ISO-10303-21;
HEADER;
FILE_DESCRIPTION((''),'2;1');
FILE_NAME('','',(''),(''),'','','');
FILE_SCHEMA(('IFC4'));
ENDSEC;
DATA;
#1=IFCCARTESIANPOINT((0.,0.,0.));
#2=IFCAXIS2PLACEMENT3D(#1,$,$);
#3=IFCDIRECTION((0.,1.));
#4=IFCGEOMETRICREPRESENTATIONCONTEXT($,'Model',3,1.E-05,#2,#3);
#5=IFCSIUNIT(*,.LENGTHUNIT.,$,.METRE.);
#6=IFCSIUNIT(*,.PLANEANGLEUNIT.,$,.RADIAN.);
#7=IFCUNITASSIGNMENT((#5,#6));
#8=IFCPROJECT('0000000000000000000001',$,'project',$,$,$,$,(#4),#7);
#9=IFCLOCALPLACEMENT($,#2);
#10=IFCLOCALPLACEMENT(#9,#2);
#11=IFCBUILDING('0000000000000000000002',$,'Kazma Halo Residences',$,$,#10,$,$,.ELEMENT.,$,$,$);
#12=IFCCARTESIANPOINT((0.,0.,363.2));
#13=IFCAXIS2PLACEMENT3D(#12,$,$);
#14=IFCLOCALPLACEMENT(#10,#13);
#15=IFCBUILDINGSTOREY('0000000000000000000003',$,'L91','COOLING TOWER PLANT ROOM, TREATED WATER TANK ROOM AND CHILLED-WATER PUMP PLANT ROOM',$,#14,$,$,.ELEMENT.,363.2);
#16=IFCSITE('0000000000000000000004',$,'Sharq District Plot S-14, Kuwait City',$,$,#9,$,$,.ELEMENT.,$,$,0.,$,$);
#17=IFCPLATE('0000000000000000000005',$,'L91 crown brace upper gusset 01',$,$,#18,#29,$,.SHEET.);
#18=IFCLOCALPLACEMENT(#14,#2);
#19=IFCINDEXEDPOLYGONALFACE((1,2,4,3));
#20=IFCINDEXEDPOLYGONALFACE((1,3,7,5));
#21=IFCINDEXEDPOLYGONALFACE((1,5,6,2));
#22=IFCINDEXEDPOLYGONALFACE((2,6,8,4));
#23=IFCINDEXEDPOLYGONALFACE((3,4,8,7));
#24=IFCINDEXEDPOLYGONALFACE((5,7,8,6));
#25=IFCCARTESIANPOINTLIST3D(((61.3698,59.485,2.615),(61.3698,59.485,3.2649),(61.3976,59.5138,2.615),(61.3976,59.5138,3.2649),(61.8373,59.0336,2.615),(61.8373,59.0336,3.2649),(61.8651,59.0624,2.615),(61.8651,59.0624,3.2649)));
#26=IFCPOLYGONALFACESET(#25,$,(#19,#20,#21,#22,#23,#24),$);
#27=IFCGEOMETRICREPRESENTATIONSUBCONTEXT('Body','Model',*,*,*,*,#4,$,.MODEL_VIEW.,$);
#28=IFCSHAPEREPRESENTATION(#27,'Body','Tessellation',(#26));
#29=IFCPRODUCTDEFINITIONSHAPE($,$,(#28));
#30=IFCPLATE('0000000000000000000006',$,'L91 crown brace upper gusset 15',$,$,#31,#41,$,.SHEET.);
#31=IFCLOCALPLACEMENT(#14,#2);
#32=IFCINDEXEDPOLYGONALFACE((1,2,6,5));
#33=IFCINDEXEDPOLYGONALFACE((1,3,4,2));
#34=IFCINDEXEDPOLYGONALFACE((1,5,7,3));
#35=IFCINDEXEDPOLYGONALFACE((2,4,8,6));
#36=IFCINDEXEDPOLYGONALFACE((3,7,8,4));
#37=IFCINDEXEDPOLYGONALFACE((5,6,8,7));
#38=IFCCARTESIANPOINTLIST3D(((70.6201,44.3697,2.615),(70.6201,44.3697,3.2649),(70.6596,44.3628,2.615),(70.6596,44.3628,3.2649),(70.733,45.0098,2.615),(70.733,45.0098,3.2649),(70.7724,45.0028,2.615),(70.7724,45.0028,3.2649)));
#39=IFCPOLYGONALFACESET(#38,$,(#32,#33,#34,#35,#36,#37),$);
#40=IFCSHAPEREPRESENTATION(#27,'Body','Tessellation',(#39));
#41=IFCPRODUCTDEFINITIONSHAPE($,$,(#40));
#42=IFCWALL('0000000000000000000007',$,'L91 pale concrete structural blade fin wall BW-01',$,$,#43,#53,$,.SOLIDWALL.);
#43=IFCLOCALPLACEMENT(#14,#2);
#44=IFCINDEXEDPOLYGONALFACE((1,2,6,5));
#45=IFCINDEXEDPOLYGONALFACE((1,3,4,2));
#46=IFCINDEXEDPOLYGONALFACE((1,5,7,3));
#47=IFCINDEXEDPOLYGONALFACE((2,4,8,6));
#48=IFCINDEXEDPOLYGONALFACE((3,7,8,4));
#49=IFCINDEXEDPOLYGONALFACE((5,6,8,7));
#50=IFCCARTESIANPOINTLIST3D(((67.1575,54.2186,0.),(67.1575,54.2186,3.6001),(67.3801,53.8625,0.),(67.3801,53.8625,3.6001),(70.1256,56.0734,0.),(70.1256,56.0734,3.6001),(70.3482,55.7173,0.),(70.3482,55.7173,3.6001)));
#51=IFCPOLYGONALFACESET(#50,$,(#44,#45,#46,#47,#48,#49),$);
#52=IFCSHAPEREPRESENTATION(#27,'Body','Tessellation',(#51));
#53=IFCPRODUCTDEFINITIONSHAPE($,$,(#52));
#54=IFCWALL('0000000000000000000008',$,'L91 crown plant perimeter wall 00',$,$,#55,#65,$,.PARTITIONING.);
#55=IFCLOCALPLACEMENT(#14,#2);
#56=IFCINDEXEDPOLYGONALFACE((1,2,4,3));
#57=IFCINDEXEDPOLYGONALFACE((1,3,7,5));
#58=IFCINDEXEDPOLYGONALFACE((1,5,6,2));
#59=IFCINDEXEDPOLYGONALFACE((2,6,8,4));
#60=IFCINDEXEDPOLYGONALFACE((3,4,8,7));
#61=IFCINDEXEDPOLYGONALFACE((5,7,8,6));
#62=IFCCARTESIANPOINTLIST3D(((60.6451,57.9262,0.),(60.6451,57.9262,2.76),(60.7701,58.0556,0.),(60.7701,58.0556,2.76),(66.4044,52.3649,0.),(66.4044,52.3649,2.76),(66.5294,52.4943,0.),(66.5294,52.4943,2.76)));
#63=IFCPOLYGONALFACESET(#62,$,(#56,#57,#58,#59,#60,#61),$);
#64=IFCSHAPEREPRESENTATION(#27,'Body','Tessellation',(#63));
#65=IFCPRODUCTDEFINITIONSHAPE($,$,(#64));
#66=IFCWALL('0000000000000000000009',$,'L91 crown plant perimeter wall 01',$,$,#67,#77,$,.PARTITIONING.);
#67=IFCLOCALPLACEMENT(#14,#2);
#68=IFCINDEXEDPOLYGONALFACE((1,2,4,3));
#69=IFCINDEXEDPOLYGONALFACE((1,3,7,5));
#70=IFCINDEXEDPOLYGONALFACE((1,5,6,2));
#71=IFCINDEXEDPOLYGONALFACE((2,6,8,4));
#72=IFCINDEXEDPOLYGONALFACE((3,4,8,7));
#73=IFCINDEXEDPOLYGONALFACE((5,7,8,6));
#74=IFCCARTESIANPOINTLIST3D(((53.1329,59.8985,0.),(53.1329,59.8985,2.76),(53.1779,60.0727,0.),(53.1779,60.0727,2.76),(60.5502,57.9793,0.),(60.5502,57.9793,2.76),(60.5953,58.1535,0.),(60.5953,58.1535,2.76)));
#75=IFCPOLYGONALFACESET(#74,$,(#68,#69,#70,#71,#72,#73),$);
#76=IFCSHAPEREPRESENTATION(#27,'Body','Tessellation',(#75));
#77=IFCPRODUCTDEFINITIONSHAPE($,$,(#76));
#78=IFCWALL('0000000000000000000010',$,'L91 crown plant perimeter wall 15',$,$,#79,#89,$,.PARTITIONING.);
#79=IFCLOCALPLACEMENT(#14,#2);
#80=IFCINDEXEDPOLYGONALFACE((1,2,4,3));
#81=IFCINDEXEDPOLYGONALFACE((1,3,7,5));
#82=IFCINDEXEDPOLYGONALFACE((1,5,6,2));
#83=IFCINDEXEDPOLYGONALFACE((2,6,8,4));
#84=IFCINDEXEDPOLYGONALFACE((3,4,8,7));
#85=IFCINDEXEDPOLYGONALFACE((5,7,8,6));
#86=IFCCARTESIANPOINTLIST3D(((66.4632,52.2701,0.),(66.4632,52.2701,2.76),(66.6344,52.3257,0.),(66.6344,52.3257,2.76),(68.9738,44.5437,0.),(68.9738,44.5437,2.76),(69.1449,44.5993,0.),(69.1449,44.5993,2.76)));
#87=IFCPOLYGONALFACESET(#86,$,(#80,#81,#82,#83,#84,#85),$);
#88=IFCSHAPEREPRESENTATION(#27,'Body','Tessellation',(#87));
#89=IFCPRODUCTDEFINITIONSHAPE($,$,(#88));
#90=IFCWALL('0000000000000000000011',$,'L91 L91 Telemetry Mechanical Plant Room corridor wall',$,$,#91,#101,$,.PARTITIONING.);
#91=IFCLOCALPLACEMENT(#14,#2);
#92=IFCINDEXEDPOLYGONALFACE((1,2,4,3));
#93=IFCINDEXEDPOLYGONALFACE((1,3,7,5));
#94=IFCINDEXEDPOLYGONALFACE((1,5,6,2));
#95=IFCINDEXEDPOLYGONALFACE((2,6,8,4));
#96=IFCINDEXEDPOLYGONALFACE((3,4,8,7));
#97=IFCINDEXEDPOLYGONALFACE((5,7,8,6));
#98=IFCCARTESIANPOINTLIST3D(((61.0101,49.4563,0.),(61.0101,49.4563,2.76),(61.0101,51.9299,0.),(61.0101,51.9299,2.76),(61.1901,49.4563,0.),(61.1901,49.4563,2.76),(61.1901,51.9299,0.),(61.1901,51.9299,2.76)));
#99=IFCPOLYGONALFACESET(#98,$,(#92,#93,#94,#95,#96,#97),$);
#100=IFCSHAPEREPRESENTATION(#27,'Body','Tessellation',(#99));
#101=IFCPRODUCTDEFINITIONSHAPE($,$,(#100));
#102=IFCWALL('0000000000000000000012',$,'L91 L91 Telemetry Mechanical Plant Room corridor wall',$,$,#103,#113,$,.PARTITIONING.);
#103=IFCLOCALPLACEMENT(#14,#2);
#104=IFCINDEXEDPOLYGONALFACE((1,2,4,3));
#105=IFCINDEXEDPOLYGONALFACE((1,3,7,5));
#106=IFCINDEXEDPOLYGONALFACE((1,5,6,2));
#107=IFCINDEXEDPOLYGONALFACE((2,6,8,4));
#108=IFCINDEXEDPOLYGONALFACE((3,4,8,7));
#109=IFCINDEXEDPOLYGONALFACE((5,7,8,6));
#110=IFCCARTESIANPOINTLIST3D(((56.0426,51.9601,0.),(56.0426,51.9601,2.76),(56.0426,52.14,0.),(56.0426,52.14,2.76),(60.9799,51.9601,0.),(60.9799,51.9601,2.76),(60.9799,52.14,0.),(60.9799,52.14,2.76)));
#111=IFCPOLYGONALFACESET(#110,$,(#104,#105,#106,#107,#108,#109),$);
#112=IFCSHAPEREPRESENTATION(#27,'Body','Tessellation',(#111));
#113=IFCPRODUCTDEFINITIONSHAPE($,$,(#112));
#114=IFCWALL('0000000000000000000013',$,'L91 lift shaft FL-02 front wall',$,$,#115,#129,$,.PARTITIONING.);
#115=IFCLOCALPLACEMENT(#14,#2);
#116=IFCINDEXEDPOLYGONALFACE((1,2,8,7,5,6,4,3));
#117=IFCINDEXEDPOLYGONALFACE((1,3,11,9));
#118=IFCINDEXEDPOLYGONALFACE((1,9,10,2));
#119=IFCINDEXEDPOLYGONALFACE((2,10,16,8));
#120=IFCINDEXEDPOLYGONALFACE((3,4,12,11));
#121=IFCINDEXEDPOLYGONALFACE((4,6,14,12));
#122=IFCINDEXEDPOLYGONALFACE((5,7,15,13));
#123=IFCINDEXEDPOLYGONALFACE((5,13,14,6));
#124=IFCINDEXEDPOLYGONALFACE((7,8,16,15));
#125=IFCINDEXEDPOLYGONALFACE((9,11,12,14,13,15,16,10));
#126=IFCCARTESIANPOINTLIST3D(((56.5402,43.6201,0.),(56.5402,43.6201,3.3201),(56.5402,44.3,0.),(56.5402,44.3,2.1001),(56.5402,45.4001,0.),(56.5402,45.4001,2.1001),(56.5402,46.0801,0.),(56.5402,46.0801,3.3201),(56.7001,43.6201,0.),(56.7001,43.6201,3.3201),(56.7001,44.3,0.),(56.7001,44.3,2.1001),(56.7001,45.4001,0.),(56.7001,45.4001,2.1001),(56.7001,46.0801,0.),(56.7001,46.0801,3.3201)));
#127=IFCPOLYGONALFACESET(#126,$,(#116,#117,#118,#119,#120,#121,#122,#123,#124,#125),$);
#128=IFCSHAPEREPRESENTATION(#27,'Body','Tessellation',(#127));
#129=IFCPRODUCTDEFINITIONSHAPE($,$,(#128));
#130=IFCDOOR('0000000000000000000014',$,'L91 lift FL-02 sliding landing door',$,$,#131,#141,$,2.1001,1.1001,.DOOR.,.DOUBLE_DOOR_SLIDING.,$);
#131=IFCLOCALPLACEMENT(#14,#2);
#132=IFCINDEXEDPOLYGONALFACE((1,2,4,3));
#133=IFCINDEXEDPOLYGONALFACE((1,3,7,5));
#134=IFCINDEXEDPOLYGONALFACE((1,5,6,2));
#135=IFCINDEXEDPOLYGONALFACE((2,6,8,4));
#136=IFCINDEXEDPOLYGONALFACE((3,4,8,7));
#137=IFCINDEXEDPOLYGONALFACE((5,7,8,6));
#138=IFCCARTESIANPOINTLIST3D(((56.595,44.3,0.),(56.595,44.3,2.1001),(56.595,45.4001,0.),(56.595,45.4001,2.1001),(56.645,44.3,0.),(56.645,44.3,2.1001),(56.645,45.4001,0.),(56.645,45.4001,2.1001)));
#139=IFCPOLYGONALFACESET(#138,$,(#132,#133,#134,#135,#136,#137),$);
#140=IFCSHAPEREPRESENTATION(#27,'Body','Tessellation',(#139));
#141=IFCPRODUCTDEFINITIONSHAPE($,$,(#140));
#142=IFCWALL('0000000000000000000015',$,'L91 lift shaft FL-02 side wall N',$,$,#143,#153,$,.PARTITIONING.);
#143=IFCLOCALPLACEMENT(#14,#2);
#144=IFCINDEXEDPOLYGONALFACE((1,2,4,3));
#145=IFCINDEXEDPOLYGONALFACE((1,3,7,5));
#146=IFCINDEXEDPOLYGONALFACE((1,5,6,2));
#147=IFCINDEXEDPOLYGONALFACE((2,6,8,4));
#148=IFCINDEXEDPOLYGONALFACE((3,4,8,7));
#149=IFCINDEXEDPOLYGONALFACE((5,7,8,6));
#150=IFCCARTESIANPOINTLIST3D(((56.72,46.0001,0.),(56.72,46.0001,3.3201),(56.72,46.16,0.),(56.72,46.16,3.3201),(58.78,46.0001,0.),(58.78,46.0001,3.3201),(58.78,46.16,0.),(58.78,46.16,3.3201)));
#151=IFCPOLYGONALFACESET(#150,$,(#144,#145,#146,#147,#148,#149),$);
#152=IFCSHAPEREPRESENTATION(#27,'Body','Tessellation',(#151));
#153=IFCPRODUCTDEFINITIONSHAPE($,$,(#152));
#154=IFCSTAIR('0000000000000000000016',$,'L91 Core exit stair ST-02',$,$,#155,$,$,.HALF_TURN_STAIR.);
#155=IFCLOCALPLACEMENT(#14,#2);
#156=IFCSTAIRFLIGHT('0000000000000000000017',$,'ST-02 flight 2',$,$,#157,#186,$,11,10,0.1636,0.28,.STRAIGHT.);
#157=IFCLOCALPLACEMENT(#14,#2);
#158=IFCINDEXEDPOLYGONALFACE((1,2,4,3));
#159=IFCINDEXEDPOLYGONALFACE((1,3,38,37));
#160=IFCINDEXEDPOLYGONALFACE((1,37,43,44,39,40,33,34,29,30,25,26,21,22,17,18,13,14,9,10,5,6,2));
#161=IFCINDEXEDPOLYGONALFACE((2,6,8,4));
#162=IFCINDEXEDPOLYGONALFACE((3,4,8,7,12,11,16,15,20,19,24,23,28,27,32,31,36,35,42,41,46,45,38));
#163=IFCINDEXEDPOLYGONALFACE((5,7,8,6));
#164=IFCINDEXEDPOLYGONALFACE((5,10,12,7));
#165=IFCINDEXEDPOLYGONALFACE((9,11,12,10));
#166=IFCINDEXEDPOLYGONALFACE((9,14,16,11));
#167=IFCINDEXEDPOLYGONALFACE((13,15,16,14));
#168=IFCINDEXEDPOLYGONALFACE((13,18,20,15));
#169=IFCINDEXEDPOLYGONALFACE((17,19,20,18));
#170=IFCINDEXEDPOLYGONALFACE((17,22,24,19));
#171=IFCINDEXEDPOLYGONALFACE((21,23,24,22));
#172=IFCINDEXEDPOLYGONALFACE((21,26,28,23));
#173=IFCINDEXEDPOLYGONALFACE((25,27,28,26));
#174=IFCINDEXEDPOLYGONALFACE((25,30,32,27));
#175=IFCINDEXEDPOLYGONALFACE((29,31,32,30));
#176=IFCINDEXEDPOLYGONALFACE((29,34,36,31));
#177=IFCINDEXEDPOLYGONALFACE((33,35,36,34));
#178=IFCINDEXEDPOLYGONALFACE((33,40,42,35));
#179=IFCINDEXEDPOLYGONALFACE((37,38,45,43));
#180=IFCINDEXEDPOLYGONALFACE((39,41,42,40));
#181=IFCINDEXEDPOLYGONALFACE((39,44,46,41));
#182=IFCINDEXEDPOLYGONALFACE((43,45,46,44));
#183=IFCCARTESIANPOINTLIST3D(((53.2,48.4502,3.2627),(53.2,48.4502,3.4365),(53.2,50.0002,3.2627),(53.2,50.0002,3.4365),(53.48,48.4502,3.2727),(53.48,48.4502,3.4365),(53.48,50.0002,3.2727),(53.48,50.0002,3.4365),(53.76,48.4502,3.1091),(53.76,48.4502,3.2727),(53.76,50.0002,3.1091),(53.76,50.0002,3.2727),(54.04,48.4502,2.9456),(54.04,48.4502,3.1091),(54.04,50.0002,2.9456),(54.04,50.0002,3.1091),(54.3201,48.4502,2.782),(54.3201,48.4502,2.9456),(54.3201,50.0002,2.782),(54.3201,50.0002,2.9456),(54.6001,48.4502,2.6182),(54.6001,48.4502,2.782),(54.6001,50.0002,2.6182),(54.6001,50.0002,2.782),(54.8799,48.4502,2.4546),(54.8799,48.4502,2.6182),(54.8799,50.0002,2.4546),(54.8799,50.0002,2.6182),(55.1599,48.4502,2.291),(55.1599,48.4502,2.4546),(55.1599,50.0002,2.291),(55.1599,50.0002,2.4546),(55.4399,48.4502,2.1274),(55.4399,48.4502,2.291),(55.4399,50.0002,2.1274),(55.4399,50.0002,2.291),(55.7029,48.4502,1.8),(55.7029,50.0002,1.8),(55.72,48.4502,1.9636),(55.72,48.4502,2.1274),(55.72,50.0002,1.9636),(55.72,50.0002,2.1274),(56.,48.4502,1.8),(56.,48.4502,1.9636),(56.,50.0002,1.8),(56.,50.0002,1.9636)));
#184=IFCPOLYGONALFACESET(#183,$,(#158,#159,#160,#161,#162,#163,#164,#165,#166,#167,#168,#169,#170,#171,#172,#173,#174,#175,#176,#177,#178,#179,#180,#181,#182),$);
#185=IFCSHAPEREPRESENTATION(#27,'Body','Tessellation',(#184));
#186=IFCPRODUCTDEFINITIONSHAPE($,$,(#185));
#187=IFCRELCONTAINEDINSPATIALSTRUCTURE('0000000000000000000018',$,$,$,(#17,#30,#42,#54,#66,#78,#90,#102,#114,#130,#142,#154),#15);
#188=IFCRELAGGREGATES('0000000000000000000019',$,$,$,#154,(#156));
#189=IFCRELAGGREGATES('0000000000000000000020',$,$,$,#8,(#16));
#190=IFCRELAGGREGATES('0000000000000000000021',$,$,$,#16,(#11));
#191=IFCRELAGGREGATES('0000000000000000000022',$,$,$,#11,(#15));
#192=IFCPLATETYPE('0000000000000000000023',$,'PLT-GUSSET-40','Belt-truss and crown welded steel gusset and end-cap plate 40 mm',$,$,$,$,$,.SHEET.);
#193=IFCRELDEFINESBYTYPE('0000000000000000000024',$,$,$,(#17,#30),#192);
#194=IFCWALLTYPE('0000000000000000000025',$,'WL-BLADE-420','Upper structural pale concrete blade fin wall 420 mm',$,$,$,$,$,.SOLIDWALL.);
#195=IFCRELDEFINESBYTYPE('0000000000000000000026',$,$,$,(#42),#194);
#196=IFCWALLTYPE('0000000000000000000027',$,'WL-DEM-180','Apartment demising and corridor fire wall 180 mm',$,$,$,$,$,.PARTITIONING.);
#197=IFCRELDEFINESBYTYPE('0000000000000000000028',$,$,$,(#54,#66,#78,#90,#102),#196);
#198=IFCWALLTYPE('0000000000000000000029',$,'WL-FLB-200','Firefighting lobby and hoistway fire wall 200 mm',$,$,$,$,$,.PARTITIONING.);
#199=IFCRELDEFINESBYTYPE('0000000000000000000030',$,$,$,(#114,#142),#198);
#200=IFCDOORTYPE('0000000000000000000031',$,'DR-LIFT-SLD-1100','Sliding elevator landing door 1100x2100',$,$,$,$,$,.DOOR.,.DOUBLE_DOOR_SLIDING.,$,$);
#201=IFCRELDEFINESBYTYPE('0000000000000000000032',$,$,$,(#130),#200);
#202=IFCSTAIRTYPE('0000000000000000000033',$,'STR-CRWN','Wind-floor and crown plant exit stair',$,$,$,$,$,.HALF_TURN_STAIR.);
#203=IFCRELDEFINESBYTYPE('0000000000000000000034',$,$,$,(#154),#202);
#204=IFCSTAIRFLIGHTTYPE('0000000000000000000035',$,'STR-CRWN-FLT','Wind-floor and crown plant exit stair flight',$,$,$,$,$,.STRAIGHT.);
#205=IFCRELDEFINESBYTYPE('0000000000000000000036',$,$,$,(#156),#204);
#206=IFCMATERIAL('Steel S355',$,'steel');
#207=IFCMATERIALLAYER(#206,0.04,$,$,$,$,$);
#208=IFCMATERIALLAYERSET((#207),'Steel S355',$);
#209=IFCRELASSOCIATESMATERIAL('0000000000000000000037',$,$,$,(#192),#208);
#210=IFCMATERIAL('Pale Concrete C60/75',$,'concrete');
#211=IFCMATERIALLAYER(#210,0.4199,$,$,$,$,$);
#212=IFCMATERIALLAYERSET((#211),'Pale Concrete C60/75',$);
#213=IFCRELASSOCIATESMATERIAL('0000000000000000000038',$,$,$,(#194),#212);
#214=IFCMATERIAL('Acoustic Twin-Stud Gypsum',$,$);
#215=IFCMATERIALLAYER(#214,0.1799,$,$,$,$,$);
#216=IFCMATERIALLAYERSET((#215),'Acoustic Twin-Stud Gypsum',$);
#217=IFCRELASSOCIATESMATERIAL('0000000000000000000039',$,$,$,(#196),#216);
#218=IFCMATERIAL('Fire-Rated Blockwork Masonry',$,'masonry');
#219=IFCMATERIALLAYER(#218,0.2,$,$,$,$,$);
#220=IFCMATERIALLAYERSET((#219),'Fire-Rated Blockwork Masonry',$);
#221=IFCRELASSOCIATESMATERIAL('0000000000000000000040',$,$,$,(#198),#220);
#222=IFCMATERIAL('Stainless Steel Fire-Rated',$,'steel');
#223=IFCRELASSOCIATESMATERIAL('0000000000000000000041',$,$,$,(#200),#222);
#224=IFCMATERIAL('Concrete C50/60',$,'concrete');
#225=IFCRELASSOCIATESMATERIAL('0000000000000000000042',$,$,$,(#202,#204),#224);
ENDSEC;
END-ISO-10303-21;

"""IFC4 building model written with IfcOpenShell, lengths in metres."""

from ifc_helpers import new_model, si_unit, direction, frame, frame_2d, origin, origin_2d, place, context, subcontext, project, spatial, polyline, rectangle, outline, extrude, material, layer, layer_set, type_object, element, fill, aggregate, save


model = new_model("IFC4")

# Units and contexts
model_context = context("Model", 3, precision=1e-05, world=origin(), true_north=direction((0.0, 1.0)))
body_context = subcontext(model_context, "Body", "Model", "MODEL_VIEW")
ifc_project = project(units=[si_unit("LENGTHUNIT", "METRE"), si_unit("PLANEANGLEUNIT", "RADIAN")], contexts=[model_context])

# Site, building, storey
site_placement = place(None, origin())
site = spatial("IfcSite", under=ifc_project, at=site_placement, Name="Sharq District Plot S-14, Kuwait City", CompositionType="ELEMENT", RefElevation=0.0)
building_placement = place(site_placement, origin())
building = spatial("IfcBuilding", under=site, at=building_placement, Name="Kazma Halo Residences", CompositionType="ELEMENT")
storey_placement = place(building_placement, frame((0.0, 0.0, 363.2)))
storey = spatial("IfcBuildingStorey", under=building, at=storey_placement, Name="L91", Description="COOLING TOWER PLANT ROOM, TREATED WATER TANK ROOM AND CHILLED-WATER PUMP PLANT ROOM", CompositionType="ELEMENT", Elevation=363.2)

# Shared definitions
ifc_material_1 = material(Name="Steel S355", Category="steel")

# Plates
ifc_layer_1 = layer(ifc_material_1, 0.04)
ifc_layer_set_1 = layer_set([ifc_layer_1], Name="Steel S355")
plate_type_1 = type_object("IfcPlateType", Name="PLT-GUSSET-40", Description="Belt-truss and crown welded steel gusset and end-cap plate 40 mm", PredefinedType="SHEET", material=ifc_layer_set_1)
for number, where, z_axis, x_axis, name in (
    (1, (61.6174, 59.2737, 2.615), (0.0, 0.0, 1.0), (-0.719342, 0.694656, 0.0), "L91 crown brace upper gusset 01"),
    (2, (70.6963, 44.6863, 2.615), (0.0, 0.0, 1.0), (0.173656, 0.984806, 0.0), "L91 crown brace upper gusset 15"),
):
    element("IfcPlate", number, at=place(storey_placement, frame(where, z_axis=z_axis, x_axis=x_axis)), inside=storey, type_object=plate_type_1, Name=name, PredefinedType="SHEET", context=body_context, shape_type="SweptSolid", body=[
        extrude(rectangle(XDim=0.6499, YDim=0.04, at=origin_2d()), origin(), (0.0, 0.0, 1.0), 0.6499),
    ])

# Walls
ifc_material_2 = material(Name="Pale Concrete C60/75", Category="concrete")
ifc_layer_2 = layer(ifc_material_2, 0.4199)
ifc_layer_set_2 = layer_set([ifc_layer_2], Name="Pale Concrete C60/75")
wall_type_1 = type_object("IfcWallType", Name="WL-BLADE-420", Description="Upper structural pale concrete blade fin wall 420 mm", PredefinedType="SOLIDWALL", material=ifc_layer_set_2)
wall_1_placement = place(storey_placement, frame((67.2688, 54.0405, 0.0), z_axis=(0.0, 0.0, 1.0), x_axis=(0.848034, 0.529943, 0.0)))
element("IfcWall", 3, at=wall_1_placement, inside=storey, type_object=wall_type_1, Name="L91 pale concrete structural blade fin wall BW-01", PredefinedType="SOLIDWALL", context=body_context, shape_type="SweptSolid", body=[
    extrude(rectangle(XDim=3.5, YDim=0.4199, at=frame_2d((1.75, 0.0))), origin(), (0.0, 0.0, 1.0), 3.6001),
])
ifc_material_3 = material(Name="Acoustic Twin-Stud Gypsum")
ifc_layer_3 = layer(ifc_material_3, 0.1799)
ifc_layer_set_3 = layer_set([ifc_layer_3], Name="Acoustic Twin-Stud Gypsum")
wall_type_2 = type_object("IfcWallType", Name="WL-DEM-180", Description="Apartment demising and corridor fire wall 180 mm", PredefinedType="PARTITIONING", material=ifc_layer_set_3)
wall_2_placement = place(storey_placement, frame((66.4668, 52.4297, 0.0), z_axis=(0.0, 0.0, 1.0), x_axis=(-0.719364, 0.694633, 0.0)))
element("IfcWall", 4, at=wall_2_placement, inside=storey, type_object=wall_type_2, Name="L91 crown plant perimeter wall 00", PredefinedType="PARTITIONING", context=body_context, shape_type="SweptSolid", body=[
    extrude(rectangle(XDim=8.0061, YDim=0.1799, at=frame_2d((4.0029, 0.0))), origin(), (0.0, 0.0, 1.0), 2.76),
])
wall_3_placement = place(storey_placement, frame((60.5728, 58.0664, 0.0), z_axis=(0.0, 0.0, 1.0), x_axis=(-0.968117, 0.250498, 0.0)))
element("IfcWall", 5, at=wall_3_placement, inside=storey, type_object=wall_type_2, Name="L91 crown plant perimeter wall 01", PredefinedType="PARTITIONING", context=body_context, shape_type="SweptSolid", body=[
    extrude(rectangle(XDim=7.6616, YDim=0.1799, at=frame_2d((3.8308, 0.0))), origin(), (0.0, 0.0, 1.0), 2.76),
])
wall_4_placement = place(storey_placement, frame((69.0593, 44.5715, 0.0), z_axis=(0.0, 0.0, 1.0), x_axis=(-0.309024, 0.951054, 0.0)))
element("IfcWall", 6, at=wall_4_placement, inside=storey, type_object=wall_type_2, Name="L91 crown plant perimeter wall 15", PredefinedType="PARTITIONING", context=body_context, shape_type="SweptSolid", body=[
    extrude(rectangle(XDim=8.124, YDim=0.1799, at=frame_2d((4.062, 0.0))), origin(), (0.0, 0.0, 1.0), 2.76),
])
wall_5_placement = place(storey_placement, frame((61.1001, 49.4563, 0.0), z_axis=(0.0, 0.0, 1.0), x_axis=(0.0, 1.0, 0.0)))
element("IfcWall", 7, at=wall_5_placement, inside=storey, type_object=wall_type_2, Name="L91 L91 Telemetry Mechanical Plant Room corridor wall", PredefinedType="PARTITIONING", context=body_context, shape_type="SweptSolid", body=[
    extrude(rectangle(XDim=2.4736, YDim=0.1799, at=frame_2d((1.2368, 0.0))), origin(), (0.0, 0.0, 1.0), 2.76),
])
wall_6_placement = place(storey_placement, frame((60.98, 52.05, 0.0), z_axis=(0.0, 0.0, 1.0), x_axis=(-1.0, 0.0, 0.0)))
element("IfcWall", 8, at=wall_6_placement, inside=storey, type_object=wall_type_2, Name="L91 L91 Telemetry Mechanical Plant Room corridor wall", PredefinedType="PARTITIONING", context=body_context, shape_type="SweptSolid", body=[
    extrude(rectangle(XDim=4.9373, YDim=0.1799, at=frame_2d((2.4688, 0.0))), origin(), (0.0, 0.0, 1.0), 2.76),
])

# Wall, opening, door
ifc_material_4 = material(Name="Fire-Rated Blockwork Masonry", Category="masonry")
ifc_layer_4 = layer(ifc_material_4, 0.2)
ifc_layer_set_4 = layer_set([ifc_layer_4], Name="Fire-Rated Blockwork Masonry")
wall_type_3 = type_object("IfcWallType", Name="WL-FLB-200", Description="Firefighting lobby and hoistway fire wall 200 mm", PredefinedType="PARTITIONING", material=ifc_layer_set_4)
wall_7_placement = place(storey_placement, frame((56.6201, 46.0801, 0.0), z_axis=(0.0, 0.0, 1.0), x_axis=(0.0, -1.0, 0.0)))
wall_7 = element("IfcWall", 9, at=wall_7_placement, inside=storey, type_object=wall_type_3, Name="L91 lift shaft FL-02 front wall", PredefinedType="PARTITIONING", context=body_context, shape_type="SweptSolid", body=[
    extrude(rectangle(XDim=2.46, YDim=0.1599, at=frame_2d((1.23, 0.0))), origin(), (0.0, 0.0, 1.0), 3.3201),
])
opening_placement = place(wall_7_placement, frame((0.6799, 0.0, 0.0)))
opening = element("IfcOpeningElement", 10, at=opening_placement, cuts=wall_7, PredefinedType="OPENING", context=body_context, shape_type="SweptSolid", body=[
    extrude(rectangle(XDim=1.1001, YDim=2.1001, at=frame_2d((0.55, 1.05))), frame((0.0, 0.0898, 0.0), z_axis=(0.0, -1.0, 0.0), x_axis=(1.0, 0.0, 0.0)), (0.0, 0.0, 1.0), 0.1799),
])
ifc_material_5 = material(Name="Stainless Steel Fire-Rated", Category="steel")
door_type = type_object("IfcDoorType", Name="DR-LIFT-SLD-1100", Description="Sliding elevator landing door 1100x2100", OperationType="DOUBLE_DOOR_SLIDING", PredefinedType="DOOR", material=ifc_material_5)
door_placement = place(opening_placement, origin())
door = element("IfcDoor", 11, at=door_placement, inside=storey, type_object=door_type, Name="L91 lift FL-02 sliding landing door", OperationType="DOUBLE_DOOR_SLIDING", OverallHeight=2.1001, OverallWidth=1.1001, PredefinedType="DOOR", context=body_context, shape_type="SweptSolid", body=[
    extrude(rectangle(XDim=1.1001, YDim=2.1001, at=frame_2d((0.55, 1.05))), frame((0.0, 0.0249, 0.0), z_axis=(0.0, -1.0, 0.0), x_axis=(1.0, 0.0, 0.0)), (0.0, 0.0, 1.0), 0.05),
])
fill(opening, door)

# Wall
wall_8_placement = place(storey_placement, frame((56.72, 46.0801, 0.0), z_axis=(0.0, 0.0, 1.0), x_axis=(1.0, 0.0, 0.0)))
element("IfcWall", 12, at=wall_8_placement, inside=storey, type_object=wall_type_3, Name="L91 lift shaft FL-02 side wall N", PredefinedType="PARTITIONING", context=body_context, shape_type="SweptSolid", body=[
    extrude(rectangle(XDim=2.0601, YDim=0.1599, at=frame_2d((1.03, 0.0))), origin(), (0.0, 0.0, 1.0), 3.3201),
])

# Stair, stair flight
ifc_material_6 = material(Name="Concrete C50/60", Category="concrete")
stair_type = type_object("IfcStairType", Name="STR-CRWN", Description="Wind-floor and crown plant exit stair", PredefinedType="HALF_TURN_STAIR", material=ifc_material_6)
stair_placement = place(storey_placement, origin())
stair = element("IfcStair", 13, at=stair_placement, inside=storey, type_object=stair_type, Name="L91 Core exit stair ST-02", PredefinedType="HALF_TURN_STAIR")
stair_flight_type = type_object("IfcStairFlightType", Name="STR-CRWN-FLT", Description="Wind-floor and crown plant exit stair flight", PredefinedType="STRAIGHT", material=ifc_material_6)
stair_flight_placement = place(storey_placement, frame((56.0, 49.2251, 1.8), z_axis=(0.0, 0.0, 1.0), x_axis=(-1.0, 0.0, 0.0)))
stair_flight = element("IfcStairFlight", 14, at=stair_flight_placement, type_object=stair_flight_type, Name="ST-02 flight 2", NumberOfRisers=11, NumberOfTreads=10, PredefinedType="STRAIGHT", RiserHeight=0.1636, TreadLength=0.28, context=body_context, shape_type="SweptSolid", body=[
    extrude(outline(polyline([(0.0, 0.0), (0.0, 0.1636), (0.28, 0.1636), (0.28, 0.3274), (0.5601, 0.3274), (0.5601, 0.491), (0.8401, 0.491), (0.8401, 0.6545), (1.1201, 0.6545), (1.1201, 0.8181), (1.3999, 0.8181), (1.3999, 0.9819), (1.6799, 0.9819), (1.6799, 1.1455), (1.96, 1.1455), (1.96, 1.3091), (2.24, 1.3091), (2.24, 1.4727), (2.52, 1.4727), (2.52, 1.6365), (2.8, 1.6365), (2.8, 1.8), (2.8, 1.4626), (0.2971, 0.0), (0.0, 0.0)])), frame((0.0, 0.7749, 0.0), z_axis=(0.0, -1.0, 0.0), x_axis=(1.0, 0.0, 0.0)), (0.0, 0.0, 1.0), 1.55),
])
aggregate(stair, [stair_flight])

save(model, "model.ifc")
